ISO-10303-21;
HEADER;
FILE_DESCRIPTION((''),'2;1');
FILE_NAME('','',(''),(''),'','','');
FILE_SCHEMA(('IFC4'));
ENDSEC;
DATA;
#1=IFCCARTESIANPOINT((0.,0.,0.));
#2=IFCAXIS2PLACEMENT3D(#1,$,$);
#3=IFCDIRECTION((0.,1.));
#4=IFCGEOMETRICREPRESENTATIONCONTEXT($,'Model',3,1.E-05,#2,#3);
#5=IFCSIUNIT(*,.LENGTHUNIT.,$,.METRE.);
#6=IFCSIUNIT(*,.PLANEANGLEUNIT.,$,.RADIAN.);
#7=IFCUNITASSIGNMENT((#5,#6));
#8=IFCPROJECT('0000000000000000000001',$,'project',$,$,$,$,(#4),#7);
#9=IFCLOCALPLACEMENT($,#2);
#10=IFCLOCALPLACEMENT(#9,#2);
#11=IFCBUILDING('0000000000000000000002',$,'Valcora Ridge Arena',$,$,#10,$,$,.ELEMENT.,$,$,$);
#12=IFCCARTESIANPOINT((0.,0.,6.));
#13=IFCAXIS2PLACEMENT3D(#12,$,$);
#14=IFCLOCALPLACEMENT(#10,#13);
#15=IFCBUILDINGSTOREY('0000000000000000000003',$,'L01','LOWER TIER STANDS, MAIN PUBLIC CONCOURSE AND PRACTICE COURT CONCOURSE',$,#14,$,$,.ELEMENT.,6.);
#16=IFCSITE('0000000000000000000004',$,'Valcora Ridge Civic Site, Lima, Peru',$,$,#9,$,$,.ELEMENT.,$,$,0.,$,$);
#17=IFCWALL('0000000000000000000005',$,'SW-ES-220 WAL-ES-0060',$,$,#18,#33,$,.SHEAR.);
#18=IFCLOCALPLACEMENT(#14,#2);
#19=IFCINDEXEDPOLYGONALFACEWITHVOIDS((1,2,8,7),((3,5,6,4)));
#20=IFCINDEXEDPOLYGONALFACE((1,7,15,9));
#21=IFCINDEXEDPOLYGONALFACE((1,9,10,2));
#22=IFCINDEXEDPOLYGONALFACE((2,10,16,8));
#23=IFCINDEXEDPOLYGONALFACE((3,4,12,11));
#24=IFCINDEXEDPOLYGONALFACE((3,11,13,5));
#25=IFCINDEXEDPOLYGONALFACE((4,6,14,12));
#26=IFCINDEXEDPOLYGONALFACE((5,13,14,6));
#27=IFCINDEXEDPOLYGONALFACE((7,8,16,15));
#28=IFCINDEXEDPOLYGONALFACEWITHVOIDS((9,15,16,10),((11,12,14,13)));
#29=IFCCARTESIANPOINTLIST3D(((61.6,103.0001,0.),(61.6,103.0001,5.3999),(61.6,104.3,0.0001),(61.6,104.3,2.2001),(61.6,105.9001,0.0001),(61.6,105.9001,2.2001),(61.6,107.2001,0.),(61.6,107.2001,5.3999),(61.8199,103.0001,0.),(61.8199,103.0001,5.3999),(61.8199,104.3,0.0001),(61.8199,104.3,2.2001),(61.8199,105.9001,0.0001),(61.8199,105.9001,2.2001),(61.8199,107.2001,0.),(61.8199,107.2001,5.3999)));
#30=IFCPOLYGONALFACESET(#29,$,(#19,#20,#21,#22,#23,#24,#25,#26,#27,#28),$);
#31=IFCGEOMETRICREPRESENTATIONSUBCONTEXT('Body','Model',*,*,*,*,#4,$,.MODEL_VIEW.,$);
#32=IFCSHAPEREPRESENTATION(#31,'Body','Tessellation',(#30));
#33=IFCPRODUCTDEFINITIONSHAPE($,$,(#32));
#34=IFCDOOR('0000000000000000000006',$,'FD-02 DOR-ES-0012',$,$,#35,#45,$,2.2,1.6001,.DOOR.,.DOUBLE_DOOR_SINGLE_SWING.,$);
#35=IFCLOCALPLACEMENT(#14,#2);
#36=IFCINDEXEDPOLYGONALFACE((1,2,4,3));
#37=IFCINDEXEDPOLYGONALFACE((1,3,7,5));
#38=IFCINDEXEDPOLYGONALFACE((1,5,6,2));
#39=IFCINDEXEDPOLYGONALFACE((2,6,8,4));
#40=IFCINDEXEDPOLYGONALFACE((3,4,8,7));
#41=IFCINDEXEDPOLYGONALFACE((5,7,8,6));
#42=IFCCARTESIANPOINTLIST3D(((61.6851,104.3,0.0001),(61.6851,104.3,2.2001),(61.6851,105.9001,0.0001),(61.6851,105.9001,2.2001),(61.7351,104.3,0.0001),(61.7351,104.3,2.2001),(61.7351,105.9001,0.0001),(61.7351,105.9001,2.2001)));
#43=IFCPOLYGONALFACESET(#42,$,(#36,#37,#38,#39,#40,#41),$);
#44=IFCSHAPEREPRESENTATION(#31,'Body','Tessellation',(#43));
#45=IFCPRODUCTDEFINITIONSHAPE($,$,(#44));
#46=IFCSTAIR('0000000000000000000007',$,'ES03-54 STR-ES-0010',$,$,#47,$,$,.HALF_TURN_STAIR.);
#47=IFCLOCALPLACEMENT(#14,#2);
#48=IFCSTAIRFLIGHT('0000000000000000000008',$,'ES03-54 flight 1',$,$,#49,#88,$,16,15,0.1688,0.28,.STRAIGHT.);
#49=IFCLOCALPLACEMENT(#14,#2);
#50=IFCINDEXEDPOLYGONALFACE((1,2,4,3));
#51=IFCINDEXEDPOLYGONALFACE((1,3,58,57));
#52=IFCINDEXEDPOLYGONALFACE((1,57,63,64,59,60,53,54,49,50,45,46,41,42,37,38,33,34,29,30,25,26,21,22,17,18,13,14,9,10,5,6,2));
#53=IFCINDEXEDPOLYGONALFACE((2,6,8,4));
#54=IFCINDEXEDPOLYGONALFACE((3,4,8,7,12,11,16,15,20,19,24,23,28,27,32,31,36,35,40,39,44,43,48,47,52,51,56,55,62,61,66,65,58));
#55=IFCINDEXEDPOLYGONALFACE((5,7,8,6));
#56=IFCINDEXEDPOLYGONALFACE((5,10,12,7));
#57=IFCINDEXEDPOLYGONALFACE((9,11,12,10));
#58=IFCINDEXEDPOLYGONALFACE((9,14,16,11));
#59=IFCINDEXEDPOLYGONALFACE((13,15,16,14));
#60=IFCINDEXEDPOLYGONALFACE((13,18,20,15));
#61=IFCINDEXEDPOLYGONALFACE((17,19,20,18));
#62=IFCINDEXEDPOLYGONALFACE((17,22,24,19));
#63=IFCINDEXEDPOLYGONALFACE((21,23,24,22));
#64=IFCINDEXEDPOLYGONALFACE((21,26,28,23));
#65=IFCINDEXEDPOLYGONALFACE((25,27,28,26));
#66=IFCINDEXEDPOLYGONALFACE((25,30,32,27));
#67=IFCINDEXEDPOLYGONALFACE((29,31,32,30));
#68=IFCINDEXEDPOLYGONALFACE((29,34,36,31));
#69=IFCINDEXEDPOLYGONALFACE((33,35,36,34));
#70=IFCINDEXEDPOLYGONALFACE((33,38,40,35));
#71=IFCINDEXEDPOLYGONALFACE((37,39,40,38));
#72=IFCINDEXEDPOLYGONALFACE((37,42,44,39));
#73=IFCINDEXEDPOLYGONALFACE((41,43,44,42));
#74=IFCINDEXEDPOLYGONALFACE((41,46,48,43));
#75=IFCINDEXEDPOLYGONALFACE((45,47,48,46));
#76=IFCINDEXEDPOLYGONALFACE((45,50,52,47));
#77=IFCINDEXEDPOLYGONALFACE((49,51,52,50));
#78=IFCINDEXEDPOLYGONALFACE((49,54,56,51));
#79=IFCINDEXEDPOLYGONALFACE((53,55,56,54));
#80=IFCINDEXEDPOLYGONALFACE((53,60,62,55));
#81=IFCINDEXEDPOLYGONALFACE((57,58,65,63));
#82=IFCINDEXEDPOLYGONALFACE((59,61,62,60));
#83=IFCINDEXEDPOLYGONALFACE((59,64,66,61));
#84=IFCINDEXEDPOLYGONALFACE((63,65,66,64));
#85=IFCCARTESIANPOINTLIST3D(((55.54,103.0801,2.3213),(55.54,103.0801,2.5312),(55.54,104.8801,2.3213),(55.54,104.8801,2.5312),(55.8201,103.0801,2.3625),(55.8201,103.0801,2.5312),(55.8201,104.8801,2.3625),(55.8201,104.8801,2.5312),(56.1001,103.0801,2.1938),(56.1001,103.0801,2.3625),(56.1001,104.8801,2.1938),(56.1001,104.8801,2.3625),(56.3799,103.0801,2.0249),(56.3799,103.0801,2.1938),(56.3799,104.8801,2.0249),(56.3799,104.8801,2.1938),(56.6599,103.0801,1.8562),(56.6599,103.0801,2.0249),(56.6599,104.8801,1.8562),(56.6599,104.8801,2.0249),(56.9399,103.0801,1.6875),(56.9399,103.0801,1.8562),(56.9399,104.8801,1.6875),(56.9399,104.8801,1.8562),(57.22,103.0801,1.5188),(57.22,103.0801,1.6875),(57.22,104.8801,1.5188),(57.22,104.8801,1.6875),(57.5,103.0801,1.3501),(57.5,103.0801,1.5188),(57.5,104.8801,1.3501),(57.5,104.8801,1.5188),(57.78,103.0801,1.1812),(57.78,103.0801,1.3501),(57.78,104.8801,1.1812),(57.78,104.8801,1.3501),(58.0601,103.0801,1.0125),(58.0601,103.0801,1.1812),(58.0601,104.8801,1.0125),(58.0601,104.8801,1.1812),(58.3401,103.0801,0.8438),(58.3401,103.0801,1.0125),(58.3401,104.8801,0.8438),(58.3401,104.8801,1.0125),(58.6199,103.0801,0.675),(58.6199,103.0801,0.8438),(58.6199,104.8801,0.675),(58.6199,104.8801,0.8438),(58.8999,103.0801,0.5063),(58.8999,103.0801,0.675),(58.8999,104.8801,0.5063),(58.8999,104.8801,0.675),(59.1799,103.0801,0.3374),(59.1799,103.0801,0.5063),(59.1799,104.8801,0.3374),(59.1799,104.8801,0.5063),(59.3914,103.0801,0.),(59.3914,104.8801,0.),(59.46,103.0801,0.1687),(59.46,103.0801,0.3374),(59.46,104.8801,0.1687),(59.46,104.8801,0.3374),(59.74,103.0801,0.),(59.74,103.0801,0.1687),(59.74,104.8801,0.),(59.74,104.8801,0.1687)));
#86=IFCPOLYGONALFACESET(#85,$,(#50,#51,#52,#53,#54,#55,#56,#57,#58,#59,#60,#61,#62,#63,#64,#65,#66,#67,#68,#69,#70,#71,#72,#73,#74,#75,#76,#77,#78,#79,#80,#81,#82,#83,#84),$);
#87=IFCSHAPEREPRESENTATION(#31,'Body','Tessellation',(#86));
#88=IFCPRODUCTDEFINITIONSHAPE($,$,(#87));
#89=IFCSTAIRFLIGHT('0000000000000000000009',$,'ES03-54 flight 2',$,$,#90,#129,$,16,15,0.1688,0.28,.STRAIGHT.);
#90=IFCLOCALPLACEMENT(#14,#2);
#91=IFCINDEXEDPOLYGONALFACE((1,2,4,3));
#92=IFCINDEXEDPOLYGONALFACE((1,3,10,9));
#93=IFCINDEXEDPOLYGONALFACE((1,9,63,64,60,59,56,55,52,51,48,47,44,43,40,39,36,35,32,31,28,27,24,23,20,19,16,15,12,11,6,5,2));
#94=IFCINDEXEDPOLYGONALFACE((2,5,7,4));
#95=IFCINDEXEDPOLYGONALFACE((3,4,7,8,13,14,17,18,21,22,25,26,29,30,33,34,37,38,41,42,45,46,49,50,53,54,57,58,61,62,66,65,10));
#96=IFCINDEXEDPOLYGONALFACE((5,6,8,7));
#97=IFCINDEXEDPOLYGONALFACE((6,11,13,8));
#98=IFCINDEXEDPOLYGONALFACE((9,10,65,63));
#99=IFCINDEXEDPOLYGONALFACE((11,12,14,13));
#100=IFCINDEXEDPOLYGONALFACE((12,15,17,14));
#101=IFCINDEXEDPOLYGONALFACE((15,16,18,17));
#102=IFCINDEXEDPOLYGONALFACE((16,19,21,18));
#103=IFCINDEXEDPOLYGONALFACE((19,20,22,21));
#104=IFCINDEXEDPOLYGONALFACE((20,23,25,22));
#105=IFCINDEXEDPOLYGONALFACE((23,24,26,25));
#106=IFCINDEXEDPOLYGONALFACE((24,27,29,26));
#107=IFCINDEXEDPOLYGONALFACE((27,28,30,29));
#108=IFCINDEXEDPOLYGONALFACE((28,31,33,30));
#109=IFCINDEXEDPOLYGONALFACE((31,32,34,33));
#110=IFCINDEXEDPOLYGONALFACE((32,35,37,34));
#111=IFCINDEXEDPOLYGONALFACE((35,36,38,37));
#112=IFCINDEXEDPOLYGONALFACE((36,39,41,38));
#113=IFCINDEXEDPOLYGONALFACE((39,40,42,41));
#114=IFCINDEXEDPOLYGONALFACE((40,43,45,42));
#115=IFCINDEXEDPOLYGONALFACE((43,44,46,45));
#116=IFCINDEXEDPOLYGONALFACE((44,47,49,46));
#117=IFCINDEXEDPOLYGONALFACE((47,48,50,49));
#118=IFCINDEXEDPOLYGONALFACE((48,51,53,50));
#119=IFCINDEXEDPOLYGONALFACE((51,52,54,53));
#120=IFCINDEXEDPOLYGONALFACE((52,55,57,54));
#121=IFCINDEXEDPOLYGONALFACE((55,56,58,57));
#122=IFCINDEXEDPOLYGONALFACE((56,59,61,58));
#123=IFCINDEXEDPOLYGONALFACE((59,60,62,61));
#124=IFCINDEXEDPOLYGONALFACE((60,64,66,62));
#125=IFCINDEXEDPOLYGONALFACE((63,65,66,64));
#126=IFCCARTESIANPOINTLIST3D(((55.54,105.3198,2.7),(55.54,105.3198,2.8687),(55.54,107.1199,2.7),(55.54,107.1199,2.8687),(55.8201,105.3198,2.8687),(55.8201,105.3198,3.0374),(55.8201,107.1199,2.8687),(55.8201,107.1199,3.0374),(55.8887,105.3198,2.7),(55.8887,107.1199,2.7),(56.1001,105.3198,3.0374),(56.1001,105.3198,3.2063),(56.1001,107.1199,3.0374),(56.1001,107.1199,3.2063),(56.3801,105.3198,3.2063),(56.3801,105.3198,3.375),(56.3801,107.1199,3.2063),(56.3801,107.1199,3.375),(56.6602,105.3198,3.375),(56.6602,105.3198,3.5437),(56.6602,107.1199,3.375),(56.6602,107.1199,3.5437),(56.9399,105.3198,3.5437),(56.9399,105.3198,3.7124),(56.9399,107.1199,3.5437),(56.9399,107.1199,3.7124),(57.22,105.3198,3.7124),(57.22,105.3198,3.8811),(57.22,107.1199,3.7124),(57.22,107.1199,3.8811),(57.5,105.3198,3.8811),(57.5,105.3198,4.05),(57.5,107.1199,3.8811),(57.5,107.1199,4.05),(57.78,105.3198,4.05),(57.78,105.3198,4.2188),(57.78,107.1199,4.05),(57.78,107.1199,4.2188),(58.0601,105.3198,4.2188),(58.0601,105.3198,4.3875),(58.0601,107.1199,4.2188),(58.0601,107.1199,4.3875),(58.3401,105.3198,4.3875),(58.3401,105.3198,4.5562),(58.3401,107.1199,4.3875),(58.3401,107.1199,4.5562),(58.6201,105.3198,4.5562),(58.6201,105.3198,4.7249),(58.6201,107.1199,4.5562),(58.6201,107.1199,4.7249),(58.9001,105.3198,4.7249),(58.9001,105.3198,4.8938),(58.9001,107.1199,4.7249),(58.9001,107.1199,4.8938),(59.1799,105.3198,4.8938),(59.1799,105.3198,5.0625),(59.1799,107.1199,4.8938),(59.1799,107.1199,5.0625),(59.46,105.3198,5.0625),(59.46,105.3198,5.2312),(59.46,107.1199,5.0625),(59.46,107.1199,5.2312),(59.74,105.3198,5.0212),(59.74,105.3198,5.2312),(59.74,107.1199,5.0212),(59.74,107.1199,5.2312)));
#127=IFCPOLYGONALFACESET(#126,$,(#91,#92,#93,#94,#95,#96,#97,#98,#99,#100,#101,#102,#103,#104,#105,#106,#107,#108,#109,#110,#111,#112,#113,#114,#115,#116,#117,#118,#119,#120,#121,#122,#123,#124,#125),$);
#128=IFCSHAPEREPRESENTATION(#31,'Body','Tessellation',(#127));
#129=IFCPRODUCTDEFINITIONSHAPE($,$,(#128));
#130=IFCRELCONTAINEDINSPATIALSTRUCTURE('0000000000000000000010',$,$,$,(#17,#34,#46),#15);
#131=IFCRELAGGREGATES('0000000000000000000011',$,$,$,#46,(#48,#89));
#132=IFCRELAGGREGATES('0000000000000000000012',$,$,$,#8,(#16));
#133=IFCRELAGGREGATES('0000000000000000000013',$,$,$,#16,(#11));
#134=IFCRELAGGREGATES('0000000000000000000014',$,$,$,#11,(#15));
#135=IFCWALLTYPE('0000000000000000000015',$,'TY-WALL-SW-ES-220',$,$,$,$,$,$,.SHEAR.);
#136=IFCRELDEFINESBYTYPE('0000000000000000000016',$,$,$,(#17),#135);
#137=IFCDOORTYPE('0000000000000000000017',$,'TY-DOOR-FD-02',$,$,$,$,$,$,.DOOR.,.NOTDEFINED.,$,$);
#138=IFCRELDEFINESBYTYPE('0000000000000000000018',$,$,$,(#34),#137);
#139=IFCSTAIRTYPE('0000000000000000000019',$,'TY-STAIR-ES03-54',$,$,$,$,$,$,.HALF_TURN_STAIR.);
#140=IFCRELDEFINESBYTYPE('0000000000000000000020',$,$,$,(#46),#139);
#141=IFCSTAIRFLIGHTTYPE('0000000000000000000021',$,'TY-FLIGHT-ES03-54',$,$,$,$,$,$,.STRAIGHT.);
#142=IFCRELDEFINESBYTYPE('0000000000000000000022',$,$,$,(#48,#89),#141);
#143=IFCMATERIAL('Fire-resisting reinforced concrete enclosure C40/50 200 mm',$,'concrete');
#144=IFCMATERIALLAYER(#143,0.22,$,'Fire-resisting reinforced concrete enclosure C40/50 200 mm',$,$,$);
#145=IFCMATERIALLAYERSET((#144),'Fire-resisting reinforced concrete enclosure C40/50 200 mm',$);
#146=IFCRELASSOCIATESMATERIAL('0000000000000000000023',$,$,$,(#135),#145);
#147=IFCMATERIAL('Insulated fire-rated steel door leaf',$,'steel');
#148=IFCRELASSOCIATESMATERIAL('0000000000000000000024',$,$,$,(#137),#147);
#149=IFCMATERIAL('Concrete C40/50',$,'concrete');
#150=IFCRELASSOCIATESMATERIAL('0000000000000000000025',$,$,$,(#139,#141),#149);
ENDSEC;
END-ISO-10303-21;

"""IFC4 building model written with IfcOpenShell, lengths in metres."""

from ifc_helpers import new_model, si_unit, direction, frame, frame_2d, origin, place, context, subcontext, project, spatial, polyline, rectangle, outline, extrude, material, layer, layer_set, type_object, element, fill, aggregate, save


model = new_model("IFC4")

# Units and contexts
model_context = context("Model", 3, precision=1e-05, world=origin(), true_north=direction((0.0, 1.0)))
body_context = subcontext(model_context, "Body", "Model", "MODEL_VIEW")
ifc_project = project(units=[si_unit("LENGTHUNIT", "METRE"), si_unit("PLANEANGLEUNIT", "RADIAN")], contexts=[model_context])

# Site, building, storey
site_placement = place(None, origin())
site = spatial("IfcSite", under=ifc_project, at=site_placement, Name="Valcora Ridge Civic Site, Lima, Peru", CompositionType="ELEMENT", RefElevation=0.0)
building_placement = place(site_placement, origin())
building = spatial("IfcBuilding", under=site, at=building_placement, Name="Valcora Ridge Arena", CompositionType="ELEMENT")
storey_placement = place(building_placement, frame((0.0, 0.0, 6.0)))
storey = spatial("IfcBuildingStorey", under=building, at=storey_placement, Name="L01", Description="LOWER TIER STANDS, MAIN PUBLIC CONCOURSE AND PRACTICE COURT CONCOURSE", CompositionType="ELEMENT", Elevation=6.0)

# Shared definitions
ifc_material_1 = material(Name="Concrete C40/50", Category="concrete")

# Shared definitions
ifc_material_2 = material(Name="Fire-resisting reinforced concrete enclosure C40/50 200 mm", Category="concrete")
ifc_layer_1 = layer(ifc_material_2, 0.22, Name="Fire-resisting reinforced concrete enclosure C40/50 200 mm")
ifc_layer_set_1 = layer_set([ifc_layer_1], Name="Fire-resisting reinforced concrete enclosure C40/50 200 mm")
wall_type_1 = type_object("IfcWallType", Name="TY-WALL-SW-ES-220", PredefinedType="SHEAR", material=ifc_layer_set_1)

# Wall, opening, door
wall_1_placement = place(storey_placement, frame((61.71, 103.0, 0.0), z_axis=(0.0, 0.0, 1.0), x_axis=(0.0, 1.0, 0.0)))
wall_1 = element("IfcWall", 1, at=wall_1_placement, inside=storey, type_object=wall_type_1, Name="SW-ES-220 WAL-ES-0060", PredefinedType="SHEAR", context=body_context, shape_type="SweptSolid", body=[
    extrude(rectangle(XDim=4.2, YDim=0.22, at=frame_2d((2.1001, 0.0))), origin(), (0.0, 0.0, 1.0), 5.3999),
])
opening_1_placement = place(wall_1_placement, frame((1.3, 0.0, 0.0)))
opening_1 = element("IfcOpeningElement", 2, at=opening_1_placement, cuts=wall_1, PredefinedType="OPENING", context=body_context, shape_type="SweptSolid", body=[
    extrude(rectangle(XDim=1.6001, YDim=2.2, at=frame_2d((0.8, 1.1001))), frame((0.0, 0.1199, 0.0), z_axis=(0.0, -1.0, 0.0), x_axis=(1.0, 0.0, 0.0)), (0.0, 0.0, 1.0), 0.24),
])
ifc_material_3 = material(Name="Insulated fire-rated steel door leaf", Category="steel")
door_type_1 = type_object("IfcDoorType", Name="TY-DOOR-FD-02", OperationType="NOTDEFINED", PredefinedType="DOOR", material=ifc_material_3)
door_1_placement = place(opening_1_placement, origin())
door_1 = element("IfcDoor", 3, at=door_1_placement, inside=storey, type_object=door_type_1, Name="FD-02 DOR-ES-0012", OperationType="DOUBLE_DOOR_SINGLE_SWING", OverallHeight=2.2, OverallWidth=1.6001, PredefinedType="DOOR", context=body_context, shape_type="SweptSolid", body=[
    extrude(rectangle(XDim=1.6001, YDim=2.2, at=frame_2d((0.8, 1.1001))), frame((0.0, 0.0249, 0.0), z_axis=(0.0, -1.0, 0.0), x_axis=(1.0, 0.0, 0.0)), (0.0, 0.0, 1.0), 0.05),
])
fill(opening_1, door_1)

# Stair, stair flights
stair_type = type_object("IfcStairType", Name="TY-STAIR-ES03-54", PredefinedType="HALF_TURN_STAIR", material=ifc_material_1)
stair_placement = place(storey_placement, origin())
stair = element("IfcStair", 4, at=stair_placement, inside=storey, type_object=stair_type, Name="ES03-54 STR-ES-0010", PredefinedType="HALF_TURN_STAIR")
stair_flight_type = type_object("IfcStairFlightType", Name="TY-FLIGHT-ES03-54", PredefinedType="STRAIGHT", material=ifc_material_1)
stair_flight_1_placement = place(storey_placement, frame((59.74, 103.98, 0.0), z_axis=(0.0, 0.0, 1.0), x_axis=(-1.0, 0.0, 0.0)))
stair_flight_1 = element("IfcStairFlight", 5, at=stair_flight_1_placement, type_object=stair_flight_type, Name="ES03-54 flight 1", NumberOfRisers=16, NumberOfTreads=15, PredefinedType="STRAIGHT", RiserHeight=0.1688, TreadLength=0.28, context=body_context, shape_type="SweptSolid", body=[
    extrude(outline(polyline([(0.0, 0.0), (0.0, 0.1687), (0.28, 0.1687), (0.28, 0.3374), (0.5601, 0.3374), (0.5601, 0.5063), (0.8401, 0.5063), (0.8401, 0.675), (1.1201, 0.675), (1.1201, 0.8438), (1.3999, 0.8438), (1.3999, 1.0125), (1.6799, 1.0125), (1.6799, 1.1812), (1.96, 1.1812), (1.96, 1.3501), (2.24, 1.3501), (2.24, 1.5188), (2.52, 1.5188), (2.52, 1.6875), (2.8, 1.6875), (2.8, 1.8562), (3.0801, 1.8562), (3.0801, 2.0249), (3.3601, 2.0249), (3.3601, 2.1938), (3.6399, 2.1938), (3.6399, 2.3625), (3.9199, 2.3625), (3.9199, 2.5312), (4.2, 2.5312), (4.2, 2.7), (4.2, 2.3213), (0.3486, 0.0), (0.0, 0.0)])), frame((0.0, 0.8999, 0.0), z_axis=(0.0, -1.0, 0.0), x_axis=(1.0, 0.0, 0.0)), (0.0, 0.0, 1.0), 1.8),
])
stair_flight_2_placement = place(storey_placement, frame((55.54, 106.22, 2.7), z_axis=(0.0, 0.0, 1.0), x_axis=(1.0, 0.0, 0.0)))
stair_flight_2 = element("IfcStairFlight", 6, at=stair_flight_2_placement, type_object=stair_flight_type, Name="ES03-54 flight 2", NumberOfRisers=16, NumberOfTreads=15, PredefinedType="STRAIGHT", RiserHeight=0.1688, TreadLength=0.28, context=body_context, shape_type="SweptSolid", body=[
    extrude(outline(polyline([(0.0, 0.0), (0.0, 0.1687), (0.28, 0.1687), (0.28, 0.3374), (0.5601, 0.3374), (0.5601, 0.5063), (0.8401, 0.5063), (0.8401, 0.675), (1.1201, 0.675), (1.1201, 0.8438), (1.3999, 0.8438), (1.3999, 1.0125), (1.6799, 1.0125), (1.6799, 1.1812), (1.96, 1.1812), (1.96, 1.3501), (2.24, 1.3501), (2.24, 1.5188), (2.52, 1.5188), (2.52, 1.6875), (2.8, 1.6875), (2.8, 1.8562), (3.0801, 1.8562), (3.0801, 2.0249), (3.3601, 2.0249), (3.3601, 2.1938), (3.6399, 2.1938), (3.6399, 2.3625), (3.9199, 2.3625), (3.9199, 2.5312), (4.2, 2.5312), (4.2, 2.7), (4.2, 2.3213), (0.3486, 0.0), (0.0, 0.0)])), frame((0.0, 0.8999, 0.0), z_axis=(0.0, -1.0, 0.0), x_axis=(1.0, 0.0, 0.0)), (0.0, 0.0, 1.0), 1.8),
])
aggregate(stair, [stair_flight_1, stair_flight_2])

save(model, "model.ifc")
